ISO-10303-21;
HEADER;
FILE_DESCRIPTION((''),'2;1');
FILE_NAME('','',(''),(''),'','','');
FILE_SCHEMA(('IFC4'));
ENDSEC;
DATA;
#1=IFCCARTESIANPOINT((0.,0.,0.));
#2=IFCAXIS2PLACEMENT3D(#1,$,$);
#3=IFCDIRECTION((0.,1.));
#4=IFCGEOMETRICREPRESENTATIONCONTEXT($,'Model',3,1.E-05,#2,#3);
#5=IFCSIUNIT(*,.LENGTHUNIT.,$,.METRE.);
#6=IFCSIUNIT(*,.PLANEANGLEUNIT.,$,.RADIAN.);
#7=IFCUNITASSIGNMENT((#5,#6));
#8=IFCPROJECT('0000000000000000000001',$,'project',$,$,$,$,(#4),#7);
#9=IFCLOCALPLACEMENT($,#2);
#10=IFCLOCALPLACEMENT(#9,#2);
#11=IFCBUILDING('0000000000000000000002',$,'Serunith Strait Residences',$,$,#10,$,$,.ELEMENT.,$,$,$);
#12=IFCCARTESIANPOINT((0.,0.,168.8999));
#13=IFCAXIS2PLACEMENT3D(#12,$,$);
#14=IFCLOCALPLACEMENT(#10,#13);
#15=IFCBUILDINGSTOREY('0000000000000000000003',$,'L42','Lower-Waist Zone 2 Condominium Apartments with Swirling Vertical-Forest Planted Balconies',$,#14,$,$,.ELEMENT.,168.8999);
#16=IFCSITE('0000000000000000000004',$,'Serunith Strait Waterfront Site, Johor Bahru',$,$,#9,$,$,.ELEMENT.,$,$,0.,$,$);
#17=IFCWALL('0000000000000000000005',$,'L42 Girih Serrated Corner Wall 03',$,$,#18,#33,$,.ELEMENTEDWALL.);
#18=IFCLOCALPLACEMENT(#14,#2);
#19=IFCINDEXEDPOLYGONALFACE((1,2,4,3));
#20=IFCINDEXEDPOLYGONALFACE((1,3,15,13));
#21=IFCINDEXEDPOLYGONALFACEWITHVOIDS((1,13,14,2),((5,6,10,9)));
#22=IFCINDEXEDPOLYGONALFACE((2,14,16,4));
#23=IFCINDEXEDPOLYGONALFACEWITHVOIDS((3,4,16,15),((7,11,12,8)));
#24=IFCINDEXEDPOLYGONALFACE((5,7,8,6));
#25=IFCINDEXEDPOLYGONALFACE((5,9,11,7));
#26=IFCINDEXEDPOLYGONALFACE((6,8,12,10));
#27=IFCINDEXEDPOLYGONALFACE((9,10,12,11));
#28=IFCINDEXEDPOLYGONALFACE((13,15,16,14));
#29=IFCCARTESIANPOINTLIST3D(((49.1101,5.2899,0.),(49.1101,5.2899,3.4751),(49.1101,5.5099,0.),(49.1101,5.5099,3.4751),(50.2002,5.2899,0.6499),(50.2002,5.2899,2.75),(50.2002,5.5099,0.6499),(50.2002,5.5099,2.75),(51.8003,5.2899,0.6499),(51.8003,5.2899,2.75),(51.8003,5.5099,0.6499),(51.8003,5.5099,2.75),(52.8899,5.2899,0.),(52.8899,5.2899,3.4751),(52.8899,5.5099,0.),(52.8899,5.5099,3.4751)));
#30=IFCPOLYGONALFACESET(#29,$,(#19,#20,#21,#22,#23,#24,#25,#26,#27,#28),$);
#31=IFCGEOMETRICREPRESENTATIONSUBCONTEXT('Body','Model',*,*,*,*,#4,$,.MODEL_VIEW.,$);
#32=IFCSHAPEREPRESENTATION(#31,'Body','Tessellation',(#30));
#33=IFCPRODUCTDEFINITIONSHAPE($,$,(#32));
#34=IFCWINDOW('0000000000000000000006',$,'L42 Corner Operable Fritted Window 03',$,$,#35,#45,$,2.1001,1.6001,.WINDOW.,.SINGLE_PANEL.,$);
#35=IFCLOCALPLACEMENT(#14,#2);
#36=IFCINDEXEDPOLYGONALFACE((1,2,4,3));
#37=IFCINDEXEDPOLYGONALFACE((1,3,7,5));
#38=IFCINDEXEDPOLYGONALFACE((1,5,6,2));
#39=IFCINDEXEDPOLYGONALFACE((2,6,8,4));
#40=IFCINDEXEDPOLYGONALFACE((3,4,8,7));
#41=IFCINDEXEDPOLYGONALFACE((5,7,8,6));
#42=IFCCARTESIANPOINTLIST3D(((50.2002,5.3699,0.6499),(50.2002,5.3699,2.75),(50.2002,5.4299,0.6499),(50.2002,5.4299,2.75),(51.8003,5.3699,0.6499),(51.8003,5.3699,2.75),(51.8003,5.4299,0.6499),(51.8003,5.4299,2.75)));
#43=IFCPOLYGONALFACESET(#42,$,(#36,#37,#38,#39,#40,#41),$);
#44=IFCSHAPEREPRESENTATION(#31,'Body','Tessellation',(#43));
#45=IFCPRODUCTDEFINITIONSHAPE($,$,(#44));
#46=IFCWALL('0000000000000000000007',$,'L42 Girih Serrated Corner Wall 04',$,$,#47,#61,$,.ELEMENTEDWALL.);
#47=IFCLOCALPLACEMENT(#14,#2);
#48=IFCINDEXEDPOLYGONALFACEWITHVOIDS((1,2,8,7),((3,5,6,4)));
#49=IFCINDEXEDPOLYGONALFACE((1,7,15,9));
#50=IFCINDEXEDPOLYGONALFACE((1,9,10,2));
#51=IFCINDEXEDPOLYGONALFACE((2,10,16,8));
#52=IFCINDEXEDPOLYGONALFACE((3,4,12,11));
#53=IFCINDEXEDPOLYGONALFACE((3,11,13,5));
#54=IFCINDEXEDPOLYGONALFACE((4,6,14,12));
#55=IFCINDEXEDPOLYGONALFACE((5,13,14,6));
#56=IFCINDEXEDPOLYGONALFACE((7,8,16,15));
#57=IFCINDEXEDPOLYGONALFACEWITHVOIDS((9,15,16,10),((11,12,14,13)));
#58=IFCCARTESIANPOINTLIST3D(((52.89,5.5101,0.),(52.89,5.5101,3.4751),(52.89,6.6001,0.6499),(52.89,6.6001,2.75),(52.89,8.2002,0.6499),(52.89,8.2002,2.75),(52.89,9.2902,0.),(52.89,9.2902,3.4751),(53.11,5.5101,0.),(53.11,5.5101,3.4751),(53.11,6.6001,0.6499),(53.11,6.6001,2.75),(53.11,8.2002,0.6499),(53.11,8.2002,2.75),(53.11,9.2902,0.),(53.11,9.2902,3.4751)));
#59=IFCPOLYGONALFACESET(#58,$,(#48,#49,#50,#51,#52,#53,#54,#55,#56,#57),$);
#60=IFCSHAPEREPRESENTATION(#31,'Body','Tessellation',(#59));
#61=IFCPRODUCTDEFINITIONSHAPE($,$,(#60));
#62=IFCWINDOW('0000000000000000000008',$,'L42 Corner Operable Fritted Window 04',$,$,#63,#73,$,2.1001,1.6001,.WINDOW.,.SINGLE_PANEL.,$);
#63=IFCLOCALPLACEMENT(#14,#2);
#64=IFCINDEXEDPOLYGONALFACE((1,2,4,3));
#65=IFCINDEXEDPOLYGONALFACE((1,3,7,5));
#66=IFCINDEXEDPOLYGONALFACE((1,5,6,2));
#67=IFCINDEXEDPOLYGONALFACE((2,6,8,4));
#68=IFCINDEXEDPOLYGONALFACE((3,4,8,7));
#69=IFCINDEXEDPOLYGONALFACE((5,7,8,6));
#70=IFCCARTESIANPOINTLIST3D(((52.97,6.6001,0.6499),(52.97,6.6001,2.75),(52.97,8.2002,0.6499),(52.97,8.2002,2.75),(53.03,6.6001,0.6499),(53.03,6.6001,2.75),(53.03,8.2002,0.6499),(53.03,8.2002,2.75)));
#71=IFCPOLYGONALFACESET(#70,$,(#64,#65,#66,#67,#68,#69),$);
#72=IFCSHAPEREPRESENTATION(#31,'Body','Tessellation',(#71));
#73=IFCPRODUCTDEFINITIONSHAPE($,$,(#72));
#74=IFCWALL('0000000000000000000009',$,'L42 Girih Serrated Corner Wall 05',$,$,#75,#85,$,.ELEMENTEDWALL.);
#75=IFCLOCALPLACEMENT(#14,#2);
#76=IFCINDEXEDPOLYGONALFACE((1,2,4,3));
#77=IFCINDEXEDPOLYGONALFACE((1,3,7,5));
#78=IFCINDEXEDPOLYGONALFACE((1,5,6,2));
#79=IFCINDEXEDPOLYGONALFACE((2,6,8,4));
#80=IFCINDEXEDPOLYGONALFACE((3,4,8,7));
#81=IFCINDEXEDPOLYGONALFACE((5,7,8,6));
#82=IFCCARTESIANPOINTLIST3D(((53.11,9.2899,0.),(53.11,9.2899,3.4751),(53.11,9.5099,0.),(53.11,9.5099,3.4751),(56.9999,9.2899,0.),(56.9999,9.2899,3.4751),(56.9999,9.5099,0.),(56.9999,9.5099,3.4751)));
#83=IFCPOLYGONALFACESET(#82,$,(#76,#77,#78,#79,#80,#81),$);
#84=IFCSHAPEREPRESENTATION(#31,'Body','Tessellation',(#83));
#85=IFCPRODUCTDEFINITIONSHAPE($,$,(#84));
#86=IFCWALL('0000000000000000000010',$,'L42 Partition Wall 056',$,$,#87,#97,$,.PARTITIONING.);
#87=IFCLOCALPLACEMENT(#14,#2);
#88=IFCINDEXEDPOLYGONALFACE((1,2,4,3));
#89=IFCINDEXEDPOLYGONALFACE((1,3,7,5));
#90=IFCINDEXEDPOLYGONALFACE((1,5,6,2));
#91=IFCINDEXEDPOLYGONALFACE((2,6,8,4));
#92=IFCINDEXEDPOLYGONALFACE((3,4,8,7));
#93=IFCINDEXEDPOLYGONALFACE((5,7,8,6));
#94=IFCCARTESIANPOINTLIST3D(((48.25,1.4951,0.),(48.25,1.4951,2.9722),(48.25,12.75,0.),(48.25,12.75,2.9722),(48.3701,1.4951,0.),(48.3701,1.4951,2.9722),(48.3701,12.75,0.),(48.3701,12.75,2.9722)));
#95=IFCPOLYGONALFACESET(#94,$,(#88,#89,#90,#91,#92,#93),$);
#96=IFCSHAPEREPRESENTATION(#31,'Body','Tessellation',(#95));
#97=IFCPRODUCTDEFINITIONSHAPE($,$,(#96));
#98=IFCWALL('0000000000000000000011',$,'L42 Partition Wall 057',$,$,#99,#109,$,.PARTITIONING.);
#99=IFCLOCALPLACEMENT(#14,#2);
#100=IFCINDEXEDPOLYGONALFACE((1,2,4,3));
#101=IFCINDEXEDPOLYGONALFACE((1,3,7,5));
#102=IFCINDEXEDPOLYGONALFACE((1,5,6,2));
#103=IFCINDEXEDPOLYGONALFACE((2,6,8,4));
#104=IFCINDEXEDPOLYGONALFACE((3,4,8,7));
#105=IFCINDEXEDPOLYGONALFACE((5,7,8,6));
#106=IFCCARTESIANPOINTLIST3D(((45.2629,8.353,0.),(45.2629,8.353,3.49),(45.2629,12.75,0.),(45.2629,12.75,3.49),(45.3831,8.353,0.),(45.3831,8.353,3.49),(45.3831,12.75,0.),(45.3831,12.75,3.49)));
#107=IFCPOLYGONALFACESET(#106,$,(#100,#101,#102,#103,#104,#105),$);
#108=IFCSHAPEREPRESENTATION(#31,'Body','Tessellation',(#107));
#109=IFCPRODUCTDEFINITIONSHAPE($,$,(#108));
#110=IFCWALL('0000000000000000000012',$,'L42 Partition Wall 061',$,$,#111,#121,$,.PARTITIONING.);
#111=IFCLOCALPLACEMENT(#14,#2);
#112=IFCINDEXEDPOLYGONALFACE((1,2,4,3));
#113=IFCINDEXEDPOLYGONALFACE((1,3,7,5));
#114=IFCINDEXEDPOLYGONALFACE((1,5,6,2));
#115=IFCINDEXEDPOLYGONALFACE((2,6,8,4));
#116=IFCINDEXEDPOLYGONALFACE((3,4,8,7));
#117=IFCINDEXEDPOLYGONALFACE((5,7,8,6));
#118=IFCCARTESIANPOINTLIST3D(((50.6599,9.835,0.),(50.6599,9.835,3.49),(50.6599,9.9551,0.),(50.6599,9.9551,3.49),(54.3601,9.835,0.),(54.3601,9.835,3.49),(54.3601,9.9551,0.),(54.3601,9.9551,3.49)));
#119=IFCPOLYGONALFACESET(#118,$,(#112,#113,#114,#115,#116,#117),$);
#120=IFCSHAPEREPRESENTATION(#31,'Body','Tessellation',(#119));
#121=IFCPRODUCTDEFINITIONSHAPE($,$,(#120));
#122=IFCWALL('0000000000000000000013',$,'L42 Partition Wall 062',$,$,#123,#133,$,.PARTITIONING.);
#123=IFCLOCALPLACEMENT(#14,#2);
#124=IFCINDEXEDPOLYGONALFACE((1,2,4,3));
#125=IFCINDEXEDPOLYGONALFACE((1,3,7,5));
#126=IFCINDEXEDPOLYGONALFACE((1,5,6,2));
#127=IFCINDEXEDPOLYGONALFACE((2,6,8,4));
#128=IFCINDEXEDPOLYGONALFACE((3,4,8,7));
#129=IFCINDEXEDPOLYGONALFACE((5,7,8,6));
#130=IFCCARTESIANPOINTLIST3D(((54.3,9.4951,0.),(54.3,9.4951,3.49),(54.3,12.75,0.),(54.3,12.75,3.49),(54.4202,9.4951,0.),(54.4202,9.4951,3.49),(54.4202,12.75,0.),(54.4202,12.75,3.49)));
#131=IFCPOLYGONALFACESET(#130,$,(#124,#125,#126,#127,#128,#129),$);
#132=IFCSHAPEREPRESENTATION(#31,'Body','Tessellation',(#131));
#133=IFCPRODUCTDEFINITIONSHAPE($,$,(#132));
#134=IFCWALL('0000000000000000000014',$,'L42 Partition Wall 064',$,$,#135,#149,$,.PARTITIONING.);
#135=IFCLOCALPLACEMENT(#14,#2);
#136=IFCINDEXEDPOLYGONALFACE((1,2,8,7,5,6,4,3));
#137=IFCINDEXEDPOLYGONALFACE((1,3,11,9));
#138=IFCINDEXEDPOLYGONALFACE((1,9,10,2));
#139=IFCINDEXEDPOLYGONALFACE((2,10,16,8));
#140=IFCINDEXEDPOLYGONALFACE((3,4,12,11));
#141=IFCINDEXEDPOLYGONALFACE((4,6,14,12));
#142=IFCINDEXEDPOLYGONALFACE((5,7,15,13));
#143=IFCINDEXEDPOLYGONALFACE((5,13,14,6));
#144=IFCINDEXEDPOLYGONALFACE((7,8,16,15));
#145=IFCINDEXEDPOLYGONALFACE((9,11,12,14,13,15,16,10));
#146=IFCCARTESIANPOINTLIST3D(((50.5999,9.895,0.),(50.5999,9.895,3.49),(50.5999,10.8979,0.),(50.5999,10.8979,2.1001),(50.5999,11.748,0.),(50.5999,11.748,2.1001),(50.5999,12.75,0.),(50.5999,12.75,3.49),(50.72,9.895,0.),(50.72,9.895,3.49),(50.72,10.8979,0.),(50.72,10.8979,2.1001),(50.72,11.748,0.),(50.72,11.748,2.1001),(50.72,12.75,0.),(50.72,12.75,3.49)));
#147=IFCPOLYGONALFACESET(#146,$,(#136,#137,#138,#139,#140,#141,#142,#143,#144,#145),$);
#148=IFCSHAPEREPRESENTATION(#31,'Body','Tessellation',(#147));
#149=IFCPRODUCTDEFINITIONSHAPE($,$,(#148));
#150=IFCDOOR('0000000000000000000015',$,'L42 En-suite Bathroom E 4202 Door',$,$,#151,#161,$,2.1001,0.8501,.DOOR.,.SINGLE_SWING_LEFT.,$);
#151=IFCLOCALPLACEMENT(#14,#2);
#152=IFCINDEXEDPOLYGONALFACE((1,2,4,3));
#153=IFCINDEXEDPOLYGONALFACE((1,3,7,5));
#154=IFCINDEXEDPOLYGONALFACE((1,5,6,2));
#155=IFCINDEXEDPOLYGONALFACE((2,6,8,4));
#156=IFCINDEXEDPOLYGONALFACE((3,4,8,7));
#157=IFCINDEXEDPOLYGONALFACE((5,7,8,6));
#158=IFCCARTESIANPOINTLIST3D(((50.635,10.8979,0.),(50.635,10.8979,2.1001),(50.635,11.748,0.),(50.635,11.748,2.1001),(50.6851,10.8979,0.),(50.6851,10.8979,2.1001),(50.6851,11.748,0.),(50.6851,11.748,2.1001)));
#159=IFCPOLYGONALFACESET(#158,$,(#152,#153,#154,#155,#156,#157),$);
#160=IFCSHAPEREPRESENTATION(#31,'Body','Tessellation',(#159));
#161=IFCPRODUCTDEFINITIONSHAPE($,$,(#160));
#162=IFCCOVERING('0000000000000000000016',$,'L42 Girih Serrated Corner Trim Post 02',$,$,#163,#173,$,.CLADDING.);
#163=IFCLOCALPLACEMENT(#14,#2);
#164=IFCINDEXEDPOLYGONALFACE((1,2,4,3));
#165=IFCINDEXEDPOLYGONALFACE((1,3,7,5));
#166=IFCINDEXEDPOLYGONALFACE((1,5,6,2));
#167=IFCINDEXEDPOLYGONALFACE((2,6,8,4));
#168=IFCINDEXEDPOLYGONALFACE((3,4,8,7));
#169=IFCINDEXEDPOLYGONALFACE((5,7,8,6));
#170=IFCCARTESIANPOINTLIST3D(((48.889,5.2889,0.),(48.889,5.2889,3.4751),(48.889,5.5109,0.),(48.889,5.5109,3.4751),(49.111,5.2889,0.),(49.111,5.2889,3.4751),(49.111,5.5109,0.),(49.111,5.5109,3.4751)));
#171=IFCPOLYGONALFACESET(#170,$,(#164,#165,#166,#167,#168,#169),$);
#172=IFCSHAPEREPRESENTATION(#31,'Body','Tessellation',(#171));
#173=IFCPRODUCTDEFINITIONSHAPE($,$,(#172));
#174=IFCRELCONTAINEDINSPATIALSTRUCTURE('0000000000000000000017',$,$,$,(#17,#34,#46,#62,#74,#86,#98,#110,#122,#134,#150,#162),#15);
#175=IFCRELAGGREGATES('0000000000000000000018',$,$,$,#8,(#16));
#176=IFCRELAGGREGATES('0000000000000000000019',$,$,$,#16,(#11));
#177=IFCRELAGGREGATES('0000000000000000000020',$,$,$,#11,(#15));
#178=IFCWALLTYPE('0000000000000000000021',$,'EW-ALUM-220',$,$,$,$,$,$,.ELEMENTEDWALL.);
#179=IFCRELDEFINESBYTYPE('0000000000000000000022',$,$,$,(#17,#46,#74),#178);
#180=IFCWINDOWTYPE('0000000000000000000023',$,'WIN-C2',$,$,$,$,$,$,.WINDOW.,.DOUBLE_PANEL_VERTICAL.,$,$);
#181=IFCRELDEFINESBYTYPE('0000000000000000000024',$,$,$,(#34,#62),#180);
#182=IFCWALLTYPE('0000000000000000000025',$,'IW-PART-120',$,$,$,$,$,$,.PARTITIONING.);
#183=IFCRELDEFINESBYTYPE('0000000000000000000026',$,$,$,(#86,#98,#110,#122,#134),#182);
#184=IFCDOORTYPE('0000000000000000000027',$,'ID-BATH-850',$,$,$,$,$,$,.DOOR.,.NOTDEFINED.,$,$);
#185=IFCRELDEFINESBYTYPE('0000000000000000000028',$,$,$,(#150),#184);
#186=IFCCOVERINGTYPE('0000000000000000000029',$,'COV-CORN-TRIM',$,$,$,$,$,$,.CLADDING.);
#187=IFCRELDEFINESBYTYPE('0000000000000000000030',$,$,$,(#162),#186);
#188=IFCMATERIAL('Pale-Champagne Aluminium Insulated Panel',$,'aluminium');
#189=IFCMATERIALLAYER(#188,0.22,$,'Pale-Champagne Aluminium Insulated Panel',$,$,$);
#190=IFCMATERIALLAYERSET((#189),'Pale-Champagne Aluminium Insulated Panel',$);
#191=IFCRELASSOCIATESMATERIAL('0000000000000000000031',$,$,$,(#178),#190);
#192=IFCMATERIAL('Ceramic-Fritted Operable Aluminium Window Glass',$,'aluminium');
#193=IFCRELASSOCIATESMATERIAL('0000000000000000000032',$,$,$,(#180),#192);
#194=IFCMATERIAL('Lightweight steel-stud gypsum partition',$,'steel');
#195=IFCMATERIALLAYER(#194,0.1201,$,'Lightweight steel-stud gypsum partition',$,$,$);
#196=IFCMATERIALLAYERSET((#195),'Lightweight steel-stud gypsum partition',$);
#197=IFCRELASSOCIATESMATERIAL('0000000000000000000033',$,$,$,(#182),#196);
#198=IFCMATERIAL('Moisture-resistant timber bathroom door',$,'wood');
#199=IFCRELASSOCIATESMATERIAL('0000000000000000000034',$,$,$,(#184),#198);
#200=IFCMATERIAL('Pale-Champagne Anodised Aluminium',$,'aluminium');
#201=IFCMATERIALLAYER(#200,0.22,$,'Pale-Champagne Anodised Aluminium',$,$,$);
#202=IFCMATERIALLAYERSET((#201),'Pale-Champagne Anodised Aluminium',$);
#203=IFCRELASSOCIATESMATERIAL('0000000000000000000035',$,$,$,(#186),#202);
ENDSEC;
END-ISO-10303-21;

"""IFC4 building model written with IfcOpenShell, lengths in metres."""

from ifc_helpers import new_model, si_unit, direction, frame, frame_2d, origin, origin_2d, place, context, subcontext, project, spatial, rectangle, extrude, source, transform, mapped, material, layer, layer_set, type_object, element, fill, save


model = new_model("IFC4")

# Units and contexts
model_context = context("Model", 3, precision=1e-05, world=origin(), true_north=direction((0.0, 1.0)))
body_context = subcontext(model_context, "Body", "Model", "MODEL_VIEW")
ifc_project = project(units=[si_unit("LENGTHUNIT", "METRE"), si_unit("PLANEANGLEUNIT", "RADIAN")], contexts=[model_context])

# Site, building, storey
site_placement = place(None, origin())
site = spatial("IfcSite", under=ifc_project, at=site_placement, Name="Serunith Strait Waterfront Site, Johor Bahru", CompositionType="ELEMENT", RefElevation=0.0)
building_placement = place(site_placement, origin())
building = spatial("IfcBuilding", under=site, at=building_placement, Name="Serunith Strait Residences", CompositionType="ELEMENT")
storey_placement = place(building_placement, frame((0.0, 0.0, 168.8999)))
storey = spatial("IfcBuildingStorey", under=building, at=storey_placement, Name="L42", Description="Lower-Waist Zone 2 Condominium Apartments with Swirling Vertical-Forest Planted Balconies", CompositionType="ELEMENT", Elevation=168.8999)

# Shared definitions
ifc_material_1 = material(Name="Pale-Champagne Anodised Aluminium", Category="aluminium")

# Walls, openings, windows
ifc_material_2 = material(Name="Pale-Champagne Aluminium Insulated Panel", Category="aluminium")
ifc_layer_1 = layer(ifc_material_2, 0.22, Name="Pale-Champagne Aluminium Insulated Panel")
ifc_layer_set_1 = layer_set([ifc_layer_1], Name="Pale-Champagne Aluminium Insulated Panel")
wall_type_1 = type_object("IfcWallType", Name="EW-ALUM-220", PredefinedType="ELEMENTEDWALL", material=ifc_layer_set_1)
ifc_material_3 = material(Name="Ceramic-Fritted Operable Aluminium Window Glass", Category="aluminium")
window_type = type_object("IfcWindowType", Name="WIN-C2", PartitioningType="DOUBLE_PANEL_VERTICAL", PredefinedType="WINDOW", material=ifc_material_3)
shared_shape_1 = source(origin(), body_context, "Body", "SweptSolid", [
    extrude(rectangle(XDim=1.6001, YDim=2.1001, at=frame_2d((0.8, 1.05))), frame((0.0, 0.03, 0.0), z_axis=(0.0, -1.0, 0.0), x_axis=(1.0, 0.0, 0.0)), (0.0, 0.0, 1.0), 0.0601),
])
wall_1_placement = place(storey_placement, frame((49.1101, 5.3999, 0.0), z_axis=(0.0, 0.0, 1.0), x_axis=(1.0, 0.0, 0.0)))
wall_1 = element("IfcWall", 1, at=wall_1_placement, inside=storey, type_object=wall_type_1, Name="L42 Girih Serrated Corner Wall 03", PredefinedType="ELEMENTEDWALL", context=body_context, shape_type="SweptSolid", body=[
    extrude(rectangle(XDim=3.7798, YDim=0.22, at=frame_2d((1.8899, 0.0))), origin(), (0.0, 0.0, 1.0), 3.4751),
])
opening_1_placement = place(wall_1_placement, frame((1.0901, 0.0, 0.6499)))
opening_1 = element("IfcOpeningElement", 2, at=opening_1_placement, cuts=wall_1, PredefinedType="OPENING", context=body_context, shape_type="SweptSolid", body=[
    extrude(rectangle(XDim=1.6001, YDim=2.1001, at=frame_2d((0.8, 1.05))), frame((0.0, 0.1201, 0.0), z_axis=(0.0, -1.0, 0.0), x_axis=(1.0, 0.0, 0.0)), (0.0, 0.0, 1.0), 0.24),
])
window_1_placement = place(opening_1_placement, origin())
window_1 = element("IfcWindow", 3, at=window_1_placement, inside=storey, type_object=window_type, Name="L42 Corner Operable Fritted Window 03", OverallHeight=2.1001, OverallWidth=1.6001, PartitioningType="SINGLE_PANEL", PredefinedType="WINDOW", context=body_context, shape_type="MappedRepresentation", body=[
    mapped(shared_shape_1, transform((0.0, 0.0, 0.0), scale=1.0)),
])
fill(opening_1, window_1)
wall_2_placement = place(storey_placement, frame((53.0, 5.51, 0.0), z_axis=(0.0, 0.0, 1.0), x_axis=(0.0, 1.0, 0.0)))
wall_2 = element("IfcWall", 4, at=wall_2_placement, inside=storey, type_object=wall_type_1, Name="L42 Girih Serrated Corner Wall 04", PredefinedType="ELEMENTEDWALL", context=body_context, shape_type="SweptSolid", body=[
    extrude(rectangle(XDim=3.78, YDim=0.22, at=frame_2d((1.8901, 0.0))), origin(), (0.0, 0.0, 1.0), 3.4751),
])
opening_2_placement = place(wall_2_placement, frame((1.0901, 0.0, 0.6499)))
opening_2 = element("IfcOpeningElement", 5, at=opening_2_placement, cuts=wall_2, PredefinedType="OPENING", context=body_context, shape_type="SweptSolid", body=[
    extrude(rectangle(XDim=1.6001, YDim=2.1001, at=frame_2d((0.8, 1.05))), frame((0.0, 0.1201, 0.0), z_axis=(0.0, -1.0, 0.0), x_axis=(1.0, 0.0, 0.0)), (0.0, 0.0, 1.0), 0.24),
])
window_2_placement = place(opening_2_placement, origin())
window_2 = element("IfcWindow", 6, at=window_2_placement, inside=storey, type_object=window_type, Name="L42 Corner Operable Fritted Window 04", OverallHeight=2.1001, OverallWidth=1.6001, PartitioningType="SINGLE_PANEL", PredefinedType="WINDOW", context=body_context, shape_type="MappedRepresentation", body=[
    mapped(shared_shape_1, transform((0.0, 0.0, 0.0), scale=1.0)),
])
fill(opening_2, window_2)

# Walls
wall_3_placement = place(storey_placement, frame((53.1101, 9.3999, 0.0), z_axis=(0.0, 0.0, 1.0), x_axis=(1.0, 0.0, 0.0)))
element("IfcWall", 7, at=wall_3_placement, inside=storey, type_object=wall_type_1, Name="L42 Girih Serrated Corner Wall 05", PredefinedType="ELEMENTEDWALL", context=body_context, shape_type="SweptSolid", body=[
    extrude(rectangle(XDim=3.8899, YDim=0.22, at=frame_2d((1.9448, 0.0))), origin(), (0.0, 0.0, 1.0), 3.4751),
])
ifc_material_4 = material(Name="Lightweight steel-stud gypsum partition", Category="steel")
ifc_layer_2 = layer(ifc_material_4, 0.1201, Name="Lightweight steel-stud gypsum partition")
ifc_layer_set_2 = layer_set([ifc_layer_2], Name="Lightweight steel-stud gypsum partition")
wall_type_2 = type_object("IfcWallType", Name="IW-PART-120", PredefinedType="PARTITIONING", material=ifc_layer_set_2)
wall_4_placement = place(storey_placement, frame((48.3101, 1.4951, 0.0), z_axis=(0.0, 0.0, 1.0), x_axis=(0.0, 1.0, 0.0)))
element("IfcWall", 8, at=wall_4_placement, inside=storey, type_object=wall_type_2, Name="L42 Partition Wall 056", PredefinedType="PARTITIONING", context=body_context, shape_type="SweptSolid", body=[
    extrude(rectangle(XDim=11.2549, YDim=0.1201, at=frame_2d((5.6274, 0.0))), origin(), (0.0, 0.0, 1.0), 2.9722),
])
wall_5_placement = place(storey_placement, frame((45.323, 8.353, 0.0), z_axis=(0.0, 0.0, 1.0), x_axis=(0.0, 1.0, 0.0)))
element("IfcWall", 9, at=wall_5_placement, inside=storey, type_object=wall_type_2, Name="L42 Partition Wall 057", PredefinedType="PARTITIONING", context=body_context, shape_type="SweptSolid", body=[
    extrude(rectangle(XDim=4.397, YDim=0.1201, at=frame_2d((2.1985, 0.0))), origin(), (0.0, 0.0, 1.0), 3.49),
])
wall_6_placement = place(storey_placement, frame((50.6599, 9.895, 0.0), z_axis=(0.0, 0.0, 1.0), x_axis=(1.0, 0.0, 0.0)))
element("IfcWall", 10, at=wall_6_placement, inside=storey, type_object=wall_type_2, Name="L42 Partition Wall 061", PredefinedType="PARTITIONING", context=body_context, shape_type="SweptSolid", body=[
    extrude(rectangle(XDim=3.7002, YDim=0.1201, at=frame_2d((1.8501, 0.0))), origin(), (0.0, 0.0, 1.0), 3.49),
])
wall_7_placement = place(storey_placement, frame((54.3601, 9.4951, 0.0), z_axis=(0.0, 0.0, 1.0), x_axis=(0.0, 1.0, 0.0)))
element("IfcWall", 11, at=wall_7_placement, inside=storey, type_object=wall_type_2, Name="L42 Partition Wall 062", PredefinedType="PARTITIONING", context=body_context, shape_type="SweptSolid", body=[
    extrude(rectangle(XDim=3.2549, YDim=0.1201, at=frame_2d((1.6274, 0.0))), origin(), (0.0, 0.0, 1.0), 3.49),
])

# Wall, opening, door
wall_8_placement = place(storey_placement, frame((50.6599, 9.895, 0.0), z_axis=(0.0, 0.0, 1.0), x_axis=(0.0, 1.0, 0.0)))
wall_8 = element("IfcWall", 12, at=wall_8_placement, inside=storey, type_object=wall_type_2, Name="L42 Partition Wall 064", PredefinedType="PARTITIONING", context=body_context, shape_type="SweptSolid", body=[
    extrude(rectangle(XDim=2.855, YDim=0.1201, at=frame_2d((1.4275, 0.0))), origin(), (0.0, 0.0, 1.0), 3.49),
])
opening_3_placement = place(wall_8_placement, frame((1.0029, 0.0, 0.0)))
opening_3 = element("IfcOpeningElement", 13, at=opening_3_placement, cuts=wall_8, PredefinedType="OPENING", context=body_context, shape_type="SweptSolid", body=[
    extrude(rectangle(XDim=0.8501, YDim=2.1001, at=frame_2d((0.425, 1.05))), frame((0.0, 0.0701, 0.0), z_axis=(0.0, -1.0, 0.0), x_axis=(1.0, 0.0, 0.0)), (0.0, 0.0, 1.0), 0.1401),
])
ifc_material_5 = material(Name="Moisture-resistant timber bathroom door", Category="wood")
door_type = type_object("IfcDoorType", Name="ID-BATH-850", OperationType="NOTDEFINED", PredefinedType="DOOR", material=ifc_material_5)
shared_shape_2 = source(origin(), body_context, "Body", "SweptSolid", [
    extrude(rectangle(XDim=0.8501, YDim=2.1001, at=frame_2d((0.425, 1.05))), frame((0.0, 0.0249, 0.0), z_axis=(0.0, -1.0, 0.0), x_axis=(1.0, 0.0, 0.0)), (0.0, 0.0, 1.0), 0.05),
])
door_placement = place(opening_3_placement, origin())
door = element("IfcDoor", 14, at=door_placement, inside=storey, type_object=door_type, Name="L42 En-suite Bathroom E 4202 Door", OperationType="SINGLE_SWING_LEFT", OverallHeight=2.1001, OverallWidth=0.8501, PredefinedType="DOOR", context=body_context, shape_type="MappedRepresentation", body=[
    mapped(shared_shape_2, transform((0.0, 0.0, 0.0), scale=1.0)),
])
fill(opening_3, door)

# Covering
ifc_layer_3 = layer(ifc_material_1, 0.22, Name="Pale-Champagne Anodised Aluminium")
ifc_layer_set_3 = layer_set([ifc_layer_3], Name="Pale-Champagne Anodised Aluminium")
covering_type = type_object("IfcCoveringType", Name="COV-CORN-TRIM", PredefinedType="CLADDING", material=ifc_layer_set_3)
shared_shape_3 = source(origin(), body_context, "Body", "SweptSolid", [
    extrude(rectangle(XDim=0.2219, YDim=0.2219, at=origin_2d()), origin(), (0.0, 0.0, 1.0), 3.4751),
])
for number, where, z_axis, x_axis, name in (
    (15, (49.0, 5.3999, 0.0), (0.0, 0.0, 1.0), (1.0, 0.0, 0.0), "L42 Girih Serrated Corner Trim Post 02"),
):
    element("IfcCovering", number, at=place(storey_placement, frame(where, z_axis=z_axis, x_axis=x_axis)), inside=storey, type_object=covering_type, Name=name, PredefinedType="CLADDING", context=body_context, shape_type="MappedRepresentation", body=[
        mapped(shared_shape_3, transform((0.0, 0.0, 0.0), scale=1.0)),
    ])

save(model, "model.ifc")
